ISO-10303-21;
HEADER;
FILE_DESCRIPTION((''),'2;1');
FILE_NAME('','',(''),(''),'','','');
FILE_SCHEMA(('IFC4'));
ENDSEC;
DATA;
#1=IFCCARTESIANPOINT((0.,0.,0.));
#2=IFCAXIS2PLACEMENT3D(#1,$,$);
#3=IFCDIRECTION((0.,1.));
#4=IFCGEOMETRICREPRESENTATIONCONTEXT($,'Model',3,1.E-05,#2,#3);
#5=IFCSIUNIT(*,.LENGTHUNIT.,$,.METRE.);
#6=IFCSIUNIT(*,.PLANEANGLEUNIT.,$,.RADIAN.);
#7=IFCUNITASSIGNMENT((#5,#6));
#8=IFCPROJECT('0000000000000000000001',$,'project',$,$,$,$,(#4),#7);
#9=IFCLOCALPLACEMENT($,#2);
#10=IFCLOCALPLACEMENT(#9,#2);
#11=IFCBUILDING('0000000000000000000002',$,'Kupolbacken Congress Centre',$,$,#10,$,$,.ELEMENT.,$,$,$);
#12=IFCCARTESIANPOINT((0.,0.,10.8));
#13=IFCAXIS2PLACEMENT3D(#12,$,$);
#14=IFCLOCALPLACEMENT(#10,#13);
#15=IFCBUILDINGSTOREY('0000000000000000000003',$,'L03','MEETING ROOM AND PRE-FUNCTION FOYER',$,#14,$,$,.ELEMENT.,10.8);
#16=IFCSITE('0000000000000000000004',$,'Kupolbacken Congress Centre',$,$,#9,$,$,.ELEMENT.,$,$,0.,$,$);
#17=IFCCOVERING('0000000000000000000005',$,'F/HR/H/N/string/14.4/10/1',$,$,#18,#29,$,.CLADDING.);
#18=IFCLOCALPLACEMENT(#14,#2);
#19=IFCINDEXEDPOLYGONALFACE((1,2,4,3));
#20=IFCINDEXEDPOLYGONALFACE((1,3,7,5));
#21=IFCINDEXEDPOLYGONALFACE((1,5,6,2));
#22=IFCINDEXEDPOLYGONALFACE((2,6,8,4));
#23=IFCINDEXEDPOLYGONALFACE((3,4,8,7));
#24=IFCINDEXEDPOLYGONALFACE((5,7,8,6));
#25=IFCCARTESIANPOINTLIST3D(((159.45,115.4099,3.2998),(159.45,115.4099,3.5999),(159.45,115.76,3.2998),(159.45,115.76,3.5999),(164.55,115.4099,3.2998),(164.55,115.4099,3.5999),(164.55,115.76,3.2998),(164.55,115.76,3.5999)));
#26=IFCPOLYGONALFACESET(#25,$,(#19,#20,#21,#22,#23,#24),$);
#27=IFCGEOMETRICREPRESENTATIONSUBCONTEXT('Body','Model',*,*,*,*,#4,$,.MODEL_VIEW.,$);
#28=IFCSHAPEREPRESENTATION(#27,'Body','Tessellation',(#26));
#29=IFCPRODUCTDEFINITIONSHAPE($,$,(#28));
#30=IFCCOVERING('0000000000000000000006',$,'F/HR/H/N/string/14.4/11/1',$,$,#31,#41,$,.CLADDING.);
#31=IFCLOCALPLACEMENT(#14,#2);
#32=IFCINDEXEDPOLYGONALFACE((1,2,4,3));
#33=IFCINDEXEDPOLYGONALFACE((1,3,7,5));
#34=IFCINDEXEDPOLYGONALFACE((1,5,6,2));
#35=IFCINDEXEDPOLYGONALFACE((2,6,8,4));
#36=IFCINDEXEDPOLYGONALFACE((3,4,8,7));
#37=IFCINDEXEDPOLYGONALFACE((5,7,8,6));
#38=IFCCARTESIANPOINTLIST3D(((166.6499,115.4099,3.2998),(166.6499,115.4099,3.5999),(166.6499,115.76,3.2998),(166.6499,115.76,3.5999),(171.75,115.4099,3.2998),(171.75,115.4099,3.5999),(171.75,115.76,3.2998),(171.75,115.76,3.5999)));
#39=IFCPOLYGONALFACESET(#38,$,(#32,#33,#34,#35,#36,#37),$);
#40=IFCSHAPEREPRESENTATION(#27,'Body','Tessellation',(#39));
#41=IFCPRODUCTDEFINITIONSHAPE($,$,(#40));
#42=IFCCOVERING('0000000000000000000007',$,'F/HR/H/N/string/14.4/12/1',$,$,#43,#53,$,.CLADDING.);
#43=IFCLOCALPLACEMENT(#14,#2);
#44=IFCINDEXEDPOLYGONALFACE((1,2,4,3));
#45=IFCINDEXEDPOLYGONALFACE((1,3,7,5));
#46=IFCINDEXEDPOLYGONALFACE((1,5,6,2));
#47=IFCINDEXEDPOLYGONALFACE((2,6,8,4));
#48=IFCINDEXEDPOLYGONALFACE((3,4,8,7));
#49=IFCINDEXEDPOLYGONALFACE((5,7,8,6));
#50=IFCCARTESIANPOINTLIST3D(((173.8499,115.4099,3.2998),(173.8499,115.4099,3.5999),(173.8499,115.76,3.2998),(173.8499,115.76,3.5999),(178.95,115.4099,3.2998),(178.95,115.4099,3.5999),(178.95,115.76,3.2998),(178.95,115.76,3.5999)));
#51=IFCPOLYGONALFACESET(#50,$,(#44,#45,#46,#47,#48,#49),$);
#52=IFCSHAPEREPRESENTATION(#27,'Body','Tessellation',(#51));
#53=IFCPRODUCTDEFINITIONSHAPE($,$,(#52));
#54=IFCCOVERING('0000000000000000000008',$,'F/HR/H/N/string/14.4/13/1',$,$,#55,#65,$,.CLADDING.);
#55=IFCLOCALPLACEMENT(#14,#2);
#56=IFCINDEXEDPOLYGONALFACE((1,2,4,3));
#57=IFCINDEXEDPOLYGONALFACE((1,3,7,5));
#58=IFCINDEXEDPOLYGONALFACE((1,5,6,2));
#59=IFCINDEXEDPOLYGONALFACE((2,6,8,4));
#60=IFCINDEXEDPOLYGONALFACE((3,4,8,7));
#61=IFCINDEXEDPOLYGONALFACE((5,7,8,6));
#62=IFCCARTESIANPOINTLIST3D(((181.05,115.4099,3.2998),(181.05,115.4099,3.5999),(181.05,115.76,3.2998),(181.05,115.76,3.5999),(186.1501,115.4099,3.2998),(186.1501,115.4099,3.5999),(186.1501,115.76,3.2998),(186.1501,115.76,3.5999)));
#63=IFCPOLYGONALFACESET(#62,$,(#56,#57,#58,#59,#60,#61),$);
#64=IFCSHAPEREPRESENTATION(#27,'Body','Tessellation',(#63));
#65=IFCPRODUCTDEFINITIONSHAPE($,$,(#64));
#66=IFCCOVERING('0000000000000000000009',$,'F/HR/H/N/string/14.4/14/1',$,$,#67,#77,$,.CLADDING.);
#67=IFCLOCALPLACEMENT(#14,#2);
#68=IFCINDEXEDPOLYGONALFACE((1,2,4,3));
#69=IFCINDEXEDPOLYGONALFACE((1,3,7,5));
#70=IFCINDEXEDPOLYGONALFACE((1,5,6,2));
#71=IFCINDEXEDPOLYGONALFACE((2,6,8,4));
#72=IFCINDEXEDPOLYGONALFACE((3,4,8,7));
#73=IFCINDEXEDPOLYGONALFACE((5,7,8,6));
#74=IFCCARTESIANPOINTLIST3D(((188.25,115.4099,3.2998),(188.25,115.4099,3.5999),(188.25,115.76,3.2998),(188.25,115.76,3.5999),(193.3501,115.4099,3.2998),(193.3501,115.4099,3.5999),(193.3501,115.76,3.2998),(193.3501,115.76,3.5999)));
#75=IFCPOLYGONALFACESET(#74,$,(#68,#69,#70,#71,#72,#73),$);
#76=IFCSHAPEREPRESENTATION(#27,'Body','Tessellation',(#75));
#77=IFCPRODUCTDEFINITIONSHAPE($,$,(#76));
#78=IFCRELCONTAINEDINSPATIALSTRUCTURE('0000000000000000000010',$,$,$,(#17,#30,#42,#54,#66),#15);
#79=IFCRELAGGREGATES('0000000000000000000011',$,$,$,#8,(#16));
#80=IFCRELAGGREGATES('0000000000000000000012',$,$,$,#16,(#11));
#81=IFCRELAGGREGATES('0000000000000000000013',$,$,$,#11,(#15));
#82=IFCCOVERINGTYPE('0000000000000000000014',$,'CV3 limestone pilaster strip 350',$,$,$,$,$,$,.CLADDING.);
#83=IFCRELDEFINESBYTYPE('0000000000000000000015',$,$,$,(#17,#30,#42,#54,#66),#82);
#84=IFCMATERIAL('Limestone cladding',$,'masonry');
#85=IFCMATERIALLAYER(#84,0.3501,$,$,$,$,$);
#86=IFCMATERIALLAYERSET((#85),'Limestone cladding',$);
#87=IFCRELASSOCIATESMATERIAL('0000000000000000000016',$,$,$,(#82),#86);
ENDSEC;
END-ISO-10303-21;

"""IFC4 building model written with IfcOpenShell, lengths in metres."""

from ifc_helpers import new_model, si_unit, direction, frame, origin, origin_2d, place, context, subcontext, project, spatial, rectangle, extrude, material, layer, layer_set, type_object, element, save


model = new_model("IFC4")

# Units and contexts
model_context = context("Model", 3, precision=1e-05, world=origin(), true_north=direction((0.0, 1.0)))
body_context = subcontext(model_context, "Body", "Model", "MODEL_VIEW")
ifc_project = project(units=[si_unit("LENGTHUNIT", "METRE"), si_unit("PLANEANGLEUNIT", "RADIAN")], contexts=[model_context])

# Site, building, storey
site_placement = place(None, origin())
site = spatial("IfcSite", under=ifc_project, at=site_placement, Name="Kupolbacken Congress Centre", CompositionType="ELEMENT", RefElevation=0.0)
building_placement = place(site_placement, origin())
building = spatial("IfcBuilding", under=site, at=building_placement, Name="Kupolbacken Congress Centre", CompositionType="ELEMENT")
storey_placement = place(building_placement, frame((0.0, 0.0, 10.8)))
storey = spatial("IfcBuildingStorey", under=building, at=storey_placement, Name="L03", Description="MEETING ROOM AND PRE-FUNCTION FOYER", CompositionType="ELEMENT", Elevation=10.8)

# Coverings
ifc_material_1 = material(Name="Limestone cladding", Category="masonry")
ifc_layer_1 = layer(ifc_material_1, 0.3501)
ifc_layer_set_1 = layer_set([ifc_layer_1], Name="Limestone cladding")
covering_type_1 = type_object("IfcCoveringType", Name="CV3 limestone pilaster strip 350", PredefinedType="CLADDING", material=ifc_layer_set_1)
for number, where, z_axis, x_axis, name in (
    (1, (162.0, 115.585, 3.2998), (0.0, 0.0, 1.0), (1.0, 0.0, 0.0), "F/HR/H/N/string/14.4/10/1"),
    (2, (169.2, 115.585, 3.2998), (0.0, 0.0, 1.0), (1.0, 0.0, 0.0), "F/HR/H/N/string/14.4/11/1"),
    (3, (176.3999, 115.585, 3.2998), (0.0, 0.0, 1.0), (1.0, 0.0, 0.0), "F/HR/H/N/string/14.4/12/1"),
    (4, (183.6001, 115.585, 3.2998), (0.0, 0.0, 1.0), (1.0, 0.0, 0.0), "F/HR/H/N/string/14.4/13/1"),
    (5, (190.8, 115.585, 3.2998), (0.0, 0.0, 1.0), (1.0, 0.0, 0.0), "F/HR/H/N/string/14.4/14/1"),
):
    element("IfcCovering", number, at=place(storey_placement, frame(where, z_axis=z_axis, x_axis=x_axis)), inside=storey, type_object=covering_type_1, Name=name, PredefinedType="CLADDING", context=body_context, shape_type="SweptSolid", body=[
        extrude(rectangle(XDim=5.1001, YDim=0.3501, at=origin_2d()), origin(), (0.0, 0.0, 1.0), 0.3),
    ])

save(model, "model.ifc")
